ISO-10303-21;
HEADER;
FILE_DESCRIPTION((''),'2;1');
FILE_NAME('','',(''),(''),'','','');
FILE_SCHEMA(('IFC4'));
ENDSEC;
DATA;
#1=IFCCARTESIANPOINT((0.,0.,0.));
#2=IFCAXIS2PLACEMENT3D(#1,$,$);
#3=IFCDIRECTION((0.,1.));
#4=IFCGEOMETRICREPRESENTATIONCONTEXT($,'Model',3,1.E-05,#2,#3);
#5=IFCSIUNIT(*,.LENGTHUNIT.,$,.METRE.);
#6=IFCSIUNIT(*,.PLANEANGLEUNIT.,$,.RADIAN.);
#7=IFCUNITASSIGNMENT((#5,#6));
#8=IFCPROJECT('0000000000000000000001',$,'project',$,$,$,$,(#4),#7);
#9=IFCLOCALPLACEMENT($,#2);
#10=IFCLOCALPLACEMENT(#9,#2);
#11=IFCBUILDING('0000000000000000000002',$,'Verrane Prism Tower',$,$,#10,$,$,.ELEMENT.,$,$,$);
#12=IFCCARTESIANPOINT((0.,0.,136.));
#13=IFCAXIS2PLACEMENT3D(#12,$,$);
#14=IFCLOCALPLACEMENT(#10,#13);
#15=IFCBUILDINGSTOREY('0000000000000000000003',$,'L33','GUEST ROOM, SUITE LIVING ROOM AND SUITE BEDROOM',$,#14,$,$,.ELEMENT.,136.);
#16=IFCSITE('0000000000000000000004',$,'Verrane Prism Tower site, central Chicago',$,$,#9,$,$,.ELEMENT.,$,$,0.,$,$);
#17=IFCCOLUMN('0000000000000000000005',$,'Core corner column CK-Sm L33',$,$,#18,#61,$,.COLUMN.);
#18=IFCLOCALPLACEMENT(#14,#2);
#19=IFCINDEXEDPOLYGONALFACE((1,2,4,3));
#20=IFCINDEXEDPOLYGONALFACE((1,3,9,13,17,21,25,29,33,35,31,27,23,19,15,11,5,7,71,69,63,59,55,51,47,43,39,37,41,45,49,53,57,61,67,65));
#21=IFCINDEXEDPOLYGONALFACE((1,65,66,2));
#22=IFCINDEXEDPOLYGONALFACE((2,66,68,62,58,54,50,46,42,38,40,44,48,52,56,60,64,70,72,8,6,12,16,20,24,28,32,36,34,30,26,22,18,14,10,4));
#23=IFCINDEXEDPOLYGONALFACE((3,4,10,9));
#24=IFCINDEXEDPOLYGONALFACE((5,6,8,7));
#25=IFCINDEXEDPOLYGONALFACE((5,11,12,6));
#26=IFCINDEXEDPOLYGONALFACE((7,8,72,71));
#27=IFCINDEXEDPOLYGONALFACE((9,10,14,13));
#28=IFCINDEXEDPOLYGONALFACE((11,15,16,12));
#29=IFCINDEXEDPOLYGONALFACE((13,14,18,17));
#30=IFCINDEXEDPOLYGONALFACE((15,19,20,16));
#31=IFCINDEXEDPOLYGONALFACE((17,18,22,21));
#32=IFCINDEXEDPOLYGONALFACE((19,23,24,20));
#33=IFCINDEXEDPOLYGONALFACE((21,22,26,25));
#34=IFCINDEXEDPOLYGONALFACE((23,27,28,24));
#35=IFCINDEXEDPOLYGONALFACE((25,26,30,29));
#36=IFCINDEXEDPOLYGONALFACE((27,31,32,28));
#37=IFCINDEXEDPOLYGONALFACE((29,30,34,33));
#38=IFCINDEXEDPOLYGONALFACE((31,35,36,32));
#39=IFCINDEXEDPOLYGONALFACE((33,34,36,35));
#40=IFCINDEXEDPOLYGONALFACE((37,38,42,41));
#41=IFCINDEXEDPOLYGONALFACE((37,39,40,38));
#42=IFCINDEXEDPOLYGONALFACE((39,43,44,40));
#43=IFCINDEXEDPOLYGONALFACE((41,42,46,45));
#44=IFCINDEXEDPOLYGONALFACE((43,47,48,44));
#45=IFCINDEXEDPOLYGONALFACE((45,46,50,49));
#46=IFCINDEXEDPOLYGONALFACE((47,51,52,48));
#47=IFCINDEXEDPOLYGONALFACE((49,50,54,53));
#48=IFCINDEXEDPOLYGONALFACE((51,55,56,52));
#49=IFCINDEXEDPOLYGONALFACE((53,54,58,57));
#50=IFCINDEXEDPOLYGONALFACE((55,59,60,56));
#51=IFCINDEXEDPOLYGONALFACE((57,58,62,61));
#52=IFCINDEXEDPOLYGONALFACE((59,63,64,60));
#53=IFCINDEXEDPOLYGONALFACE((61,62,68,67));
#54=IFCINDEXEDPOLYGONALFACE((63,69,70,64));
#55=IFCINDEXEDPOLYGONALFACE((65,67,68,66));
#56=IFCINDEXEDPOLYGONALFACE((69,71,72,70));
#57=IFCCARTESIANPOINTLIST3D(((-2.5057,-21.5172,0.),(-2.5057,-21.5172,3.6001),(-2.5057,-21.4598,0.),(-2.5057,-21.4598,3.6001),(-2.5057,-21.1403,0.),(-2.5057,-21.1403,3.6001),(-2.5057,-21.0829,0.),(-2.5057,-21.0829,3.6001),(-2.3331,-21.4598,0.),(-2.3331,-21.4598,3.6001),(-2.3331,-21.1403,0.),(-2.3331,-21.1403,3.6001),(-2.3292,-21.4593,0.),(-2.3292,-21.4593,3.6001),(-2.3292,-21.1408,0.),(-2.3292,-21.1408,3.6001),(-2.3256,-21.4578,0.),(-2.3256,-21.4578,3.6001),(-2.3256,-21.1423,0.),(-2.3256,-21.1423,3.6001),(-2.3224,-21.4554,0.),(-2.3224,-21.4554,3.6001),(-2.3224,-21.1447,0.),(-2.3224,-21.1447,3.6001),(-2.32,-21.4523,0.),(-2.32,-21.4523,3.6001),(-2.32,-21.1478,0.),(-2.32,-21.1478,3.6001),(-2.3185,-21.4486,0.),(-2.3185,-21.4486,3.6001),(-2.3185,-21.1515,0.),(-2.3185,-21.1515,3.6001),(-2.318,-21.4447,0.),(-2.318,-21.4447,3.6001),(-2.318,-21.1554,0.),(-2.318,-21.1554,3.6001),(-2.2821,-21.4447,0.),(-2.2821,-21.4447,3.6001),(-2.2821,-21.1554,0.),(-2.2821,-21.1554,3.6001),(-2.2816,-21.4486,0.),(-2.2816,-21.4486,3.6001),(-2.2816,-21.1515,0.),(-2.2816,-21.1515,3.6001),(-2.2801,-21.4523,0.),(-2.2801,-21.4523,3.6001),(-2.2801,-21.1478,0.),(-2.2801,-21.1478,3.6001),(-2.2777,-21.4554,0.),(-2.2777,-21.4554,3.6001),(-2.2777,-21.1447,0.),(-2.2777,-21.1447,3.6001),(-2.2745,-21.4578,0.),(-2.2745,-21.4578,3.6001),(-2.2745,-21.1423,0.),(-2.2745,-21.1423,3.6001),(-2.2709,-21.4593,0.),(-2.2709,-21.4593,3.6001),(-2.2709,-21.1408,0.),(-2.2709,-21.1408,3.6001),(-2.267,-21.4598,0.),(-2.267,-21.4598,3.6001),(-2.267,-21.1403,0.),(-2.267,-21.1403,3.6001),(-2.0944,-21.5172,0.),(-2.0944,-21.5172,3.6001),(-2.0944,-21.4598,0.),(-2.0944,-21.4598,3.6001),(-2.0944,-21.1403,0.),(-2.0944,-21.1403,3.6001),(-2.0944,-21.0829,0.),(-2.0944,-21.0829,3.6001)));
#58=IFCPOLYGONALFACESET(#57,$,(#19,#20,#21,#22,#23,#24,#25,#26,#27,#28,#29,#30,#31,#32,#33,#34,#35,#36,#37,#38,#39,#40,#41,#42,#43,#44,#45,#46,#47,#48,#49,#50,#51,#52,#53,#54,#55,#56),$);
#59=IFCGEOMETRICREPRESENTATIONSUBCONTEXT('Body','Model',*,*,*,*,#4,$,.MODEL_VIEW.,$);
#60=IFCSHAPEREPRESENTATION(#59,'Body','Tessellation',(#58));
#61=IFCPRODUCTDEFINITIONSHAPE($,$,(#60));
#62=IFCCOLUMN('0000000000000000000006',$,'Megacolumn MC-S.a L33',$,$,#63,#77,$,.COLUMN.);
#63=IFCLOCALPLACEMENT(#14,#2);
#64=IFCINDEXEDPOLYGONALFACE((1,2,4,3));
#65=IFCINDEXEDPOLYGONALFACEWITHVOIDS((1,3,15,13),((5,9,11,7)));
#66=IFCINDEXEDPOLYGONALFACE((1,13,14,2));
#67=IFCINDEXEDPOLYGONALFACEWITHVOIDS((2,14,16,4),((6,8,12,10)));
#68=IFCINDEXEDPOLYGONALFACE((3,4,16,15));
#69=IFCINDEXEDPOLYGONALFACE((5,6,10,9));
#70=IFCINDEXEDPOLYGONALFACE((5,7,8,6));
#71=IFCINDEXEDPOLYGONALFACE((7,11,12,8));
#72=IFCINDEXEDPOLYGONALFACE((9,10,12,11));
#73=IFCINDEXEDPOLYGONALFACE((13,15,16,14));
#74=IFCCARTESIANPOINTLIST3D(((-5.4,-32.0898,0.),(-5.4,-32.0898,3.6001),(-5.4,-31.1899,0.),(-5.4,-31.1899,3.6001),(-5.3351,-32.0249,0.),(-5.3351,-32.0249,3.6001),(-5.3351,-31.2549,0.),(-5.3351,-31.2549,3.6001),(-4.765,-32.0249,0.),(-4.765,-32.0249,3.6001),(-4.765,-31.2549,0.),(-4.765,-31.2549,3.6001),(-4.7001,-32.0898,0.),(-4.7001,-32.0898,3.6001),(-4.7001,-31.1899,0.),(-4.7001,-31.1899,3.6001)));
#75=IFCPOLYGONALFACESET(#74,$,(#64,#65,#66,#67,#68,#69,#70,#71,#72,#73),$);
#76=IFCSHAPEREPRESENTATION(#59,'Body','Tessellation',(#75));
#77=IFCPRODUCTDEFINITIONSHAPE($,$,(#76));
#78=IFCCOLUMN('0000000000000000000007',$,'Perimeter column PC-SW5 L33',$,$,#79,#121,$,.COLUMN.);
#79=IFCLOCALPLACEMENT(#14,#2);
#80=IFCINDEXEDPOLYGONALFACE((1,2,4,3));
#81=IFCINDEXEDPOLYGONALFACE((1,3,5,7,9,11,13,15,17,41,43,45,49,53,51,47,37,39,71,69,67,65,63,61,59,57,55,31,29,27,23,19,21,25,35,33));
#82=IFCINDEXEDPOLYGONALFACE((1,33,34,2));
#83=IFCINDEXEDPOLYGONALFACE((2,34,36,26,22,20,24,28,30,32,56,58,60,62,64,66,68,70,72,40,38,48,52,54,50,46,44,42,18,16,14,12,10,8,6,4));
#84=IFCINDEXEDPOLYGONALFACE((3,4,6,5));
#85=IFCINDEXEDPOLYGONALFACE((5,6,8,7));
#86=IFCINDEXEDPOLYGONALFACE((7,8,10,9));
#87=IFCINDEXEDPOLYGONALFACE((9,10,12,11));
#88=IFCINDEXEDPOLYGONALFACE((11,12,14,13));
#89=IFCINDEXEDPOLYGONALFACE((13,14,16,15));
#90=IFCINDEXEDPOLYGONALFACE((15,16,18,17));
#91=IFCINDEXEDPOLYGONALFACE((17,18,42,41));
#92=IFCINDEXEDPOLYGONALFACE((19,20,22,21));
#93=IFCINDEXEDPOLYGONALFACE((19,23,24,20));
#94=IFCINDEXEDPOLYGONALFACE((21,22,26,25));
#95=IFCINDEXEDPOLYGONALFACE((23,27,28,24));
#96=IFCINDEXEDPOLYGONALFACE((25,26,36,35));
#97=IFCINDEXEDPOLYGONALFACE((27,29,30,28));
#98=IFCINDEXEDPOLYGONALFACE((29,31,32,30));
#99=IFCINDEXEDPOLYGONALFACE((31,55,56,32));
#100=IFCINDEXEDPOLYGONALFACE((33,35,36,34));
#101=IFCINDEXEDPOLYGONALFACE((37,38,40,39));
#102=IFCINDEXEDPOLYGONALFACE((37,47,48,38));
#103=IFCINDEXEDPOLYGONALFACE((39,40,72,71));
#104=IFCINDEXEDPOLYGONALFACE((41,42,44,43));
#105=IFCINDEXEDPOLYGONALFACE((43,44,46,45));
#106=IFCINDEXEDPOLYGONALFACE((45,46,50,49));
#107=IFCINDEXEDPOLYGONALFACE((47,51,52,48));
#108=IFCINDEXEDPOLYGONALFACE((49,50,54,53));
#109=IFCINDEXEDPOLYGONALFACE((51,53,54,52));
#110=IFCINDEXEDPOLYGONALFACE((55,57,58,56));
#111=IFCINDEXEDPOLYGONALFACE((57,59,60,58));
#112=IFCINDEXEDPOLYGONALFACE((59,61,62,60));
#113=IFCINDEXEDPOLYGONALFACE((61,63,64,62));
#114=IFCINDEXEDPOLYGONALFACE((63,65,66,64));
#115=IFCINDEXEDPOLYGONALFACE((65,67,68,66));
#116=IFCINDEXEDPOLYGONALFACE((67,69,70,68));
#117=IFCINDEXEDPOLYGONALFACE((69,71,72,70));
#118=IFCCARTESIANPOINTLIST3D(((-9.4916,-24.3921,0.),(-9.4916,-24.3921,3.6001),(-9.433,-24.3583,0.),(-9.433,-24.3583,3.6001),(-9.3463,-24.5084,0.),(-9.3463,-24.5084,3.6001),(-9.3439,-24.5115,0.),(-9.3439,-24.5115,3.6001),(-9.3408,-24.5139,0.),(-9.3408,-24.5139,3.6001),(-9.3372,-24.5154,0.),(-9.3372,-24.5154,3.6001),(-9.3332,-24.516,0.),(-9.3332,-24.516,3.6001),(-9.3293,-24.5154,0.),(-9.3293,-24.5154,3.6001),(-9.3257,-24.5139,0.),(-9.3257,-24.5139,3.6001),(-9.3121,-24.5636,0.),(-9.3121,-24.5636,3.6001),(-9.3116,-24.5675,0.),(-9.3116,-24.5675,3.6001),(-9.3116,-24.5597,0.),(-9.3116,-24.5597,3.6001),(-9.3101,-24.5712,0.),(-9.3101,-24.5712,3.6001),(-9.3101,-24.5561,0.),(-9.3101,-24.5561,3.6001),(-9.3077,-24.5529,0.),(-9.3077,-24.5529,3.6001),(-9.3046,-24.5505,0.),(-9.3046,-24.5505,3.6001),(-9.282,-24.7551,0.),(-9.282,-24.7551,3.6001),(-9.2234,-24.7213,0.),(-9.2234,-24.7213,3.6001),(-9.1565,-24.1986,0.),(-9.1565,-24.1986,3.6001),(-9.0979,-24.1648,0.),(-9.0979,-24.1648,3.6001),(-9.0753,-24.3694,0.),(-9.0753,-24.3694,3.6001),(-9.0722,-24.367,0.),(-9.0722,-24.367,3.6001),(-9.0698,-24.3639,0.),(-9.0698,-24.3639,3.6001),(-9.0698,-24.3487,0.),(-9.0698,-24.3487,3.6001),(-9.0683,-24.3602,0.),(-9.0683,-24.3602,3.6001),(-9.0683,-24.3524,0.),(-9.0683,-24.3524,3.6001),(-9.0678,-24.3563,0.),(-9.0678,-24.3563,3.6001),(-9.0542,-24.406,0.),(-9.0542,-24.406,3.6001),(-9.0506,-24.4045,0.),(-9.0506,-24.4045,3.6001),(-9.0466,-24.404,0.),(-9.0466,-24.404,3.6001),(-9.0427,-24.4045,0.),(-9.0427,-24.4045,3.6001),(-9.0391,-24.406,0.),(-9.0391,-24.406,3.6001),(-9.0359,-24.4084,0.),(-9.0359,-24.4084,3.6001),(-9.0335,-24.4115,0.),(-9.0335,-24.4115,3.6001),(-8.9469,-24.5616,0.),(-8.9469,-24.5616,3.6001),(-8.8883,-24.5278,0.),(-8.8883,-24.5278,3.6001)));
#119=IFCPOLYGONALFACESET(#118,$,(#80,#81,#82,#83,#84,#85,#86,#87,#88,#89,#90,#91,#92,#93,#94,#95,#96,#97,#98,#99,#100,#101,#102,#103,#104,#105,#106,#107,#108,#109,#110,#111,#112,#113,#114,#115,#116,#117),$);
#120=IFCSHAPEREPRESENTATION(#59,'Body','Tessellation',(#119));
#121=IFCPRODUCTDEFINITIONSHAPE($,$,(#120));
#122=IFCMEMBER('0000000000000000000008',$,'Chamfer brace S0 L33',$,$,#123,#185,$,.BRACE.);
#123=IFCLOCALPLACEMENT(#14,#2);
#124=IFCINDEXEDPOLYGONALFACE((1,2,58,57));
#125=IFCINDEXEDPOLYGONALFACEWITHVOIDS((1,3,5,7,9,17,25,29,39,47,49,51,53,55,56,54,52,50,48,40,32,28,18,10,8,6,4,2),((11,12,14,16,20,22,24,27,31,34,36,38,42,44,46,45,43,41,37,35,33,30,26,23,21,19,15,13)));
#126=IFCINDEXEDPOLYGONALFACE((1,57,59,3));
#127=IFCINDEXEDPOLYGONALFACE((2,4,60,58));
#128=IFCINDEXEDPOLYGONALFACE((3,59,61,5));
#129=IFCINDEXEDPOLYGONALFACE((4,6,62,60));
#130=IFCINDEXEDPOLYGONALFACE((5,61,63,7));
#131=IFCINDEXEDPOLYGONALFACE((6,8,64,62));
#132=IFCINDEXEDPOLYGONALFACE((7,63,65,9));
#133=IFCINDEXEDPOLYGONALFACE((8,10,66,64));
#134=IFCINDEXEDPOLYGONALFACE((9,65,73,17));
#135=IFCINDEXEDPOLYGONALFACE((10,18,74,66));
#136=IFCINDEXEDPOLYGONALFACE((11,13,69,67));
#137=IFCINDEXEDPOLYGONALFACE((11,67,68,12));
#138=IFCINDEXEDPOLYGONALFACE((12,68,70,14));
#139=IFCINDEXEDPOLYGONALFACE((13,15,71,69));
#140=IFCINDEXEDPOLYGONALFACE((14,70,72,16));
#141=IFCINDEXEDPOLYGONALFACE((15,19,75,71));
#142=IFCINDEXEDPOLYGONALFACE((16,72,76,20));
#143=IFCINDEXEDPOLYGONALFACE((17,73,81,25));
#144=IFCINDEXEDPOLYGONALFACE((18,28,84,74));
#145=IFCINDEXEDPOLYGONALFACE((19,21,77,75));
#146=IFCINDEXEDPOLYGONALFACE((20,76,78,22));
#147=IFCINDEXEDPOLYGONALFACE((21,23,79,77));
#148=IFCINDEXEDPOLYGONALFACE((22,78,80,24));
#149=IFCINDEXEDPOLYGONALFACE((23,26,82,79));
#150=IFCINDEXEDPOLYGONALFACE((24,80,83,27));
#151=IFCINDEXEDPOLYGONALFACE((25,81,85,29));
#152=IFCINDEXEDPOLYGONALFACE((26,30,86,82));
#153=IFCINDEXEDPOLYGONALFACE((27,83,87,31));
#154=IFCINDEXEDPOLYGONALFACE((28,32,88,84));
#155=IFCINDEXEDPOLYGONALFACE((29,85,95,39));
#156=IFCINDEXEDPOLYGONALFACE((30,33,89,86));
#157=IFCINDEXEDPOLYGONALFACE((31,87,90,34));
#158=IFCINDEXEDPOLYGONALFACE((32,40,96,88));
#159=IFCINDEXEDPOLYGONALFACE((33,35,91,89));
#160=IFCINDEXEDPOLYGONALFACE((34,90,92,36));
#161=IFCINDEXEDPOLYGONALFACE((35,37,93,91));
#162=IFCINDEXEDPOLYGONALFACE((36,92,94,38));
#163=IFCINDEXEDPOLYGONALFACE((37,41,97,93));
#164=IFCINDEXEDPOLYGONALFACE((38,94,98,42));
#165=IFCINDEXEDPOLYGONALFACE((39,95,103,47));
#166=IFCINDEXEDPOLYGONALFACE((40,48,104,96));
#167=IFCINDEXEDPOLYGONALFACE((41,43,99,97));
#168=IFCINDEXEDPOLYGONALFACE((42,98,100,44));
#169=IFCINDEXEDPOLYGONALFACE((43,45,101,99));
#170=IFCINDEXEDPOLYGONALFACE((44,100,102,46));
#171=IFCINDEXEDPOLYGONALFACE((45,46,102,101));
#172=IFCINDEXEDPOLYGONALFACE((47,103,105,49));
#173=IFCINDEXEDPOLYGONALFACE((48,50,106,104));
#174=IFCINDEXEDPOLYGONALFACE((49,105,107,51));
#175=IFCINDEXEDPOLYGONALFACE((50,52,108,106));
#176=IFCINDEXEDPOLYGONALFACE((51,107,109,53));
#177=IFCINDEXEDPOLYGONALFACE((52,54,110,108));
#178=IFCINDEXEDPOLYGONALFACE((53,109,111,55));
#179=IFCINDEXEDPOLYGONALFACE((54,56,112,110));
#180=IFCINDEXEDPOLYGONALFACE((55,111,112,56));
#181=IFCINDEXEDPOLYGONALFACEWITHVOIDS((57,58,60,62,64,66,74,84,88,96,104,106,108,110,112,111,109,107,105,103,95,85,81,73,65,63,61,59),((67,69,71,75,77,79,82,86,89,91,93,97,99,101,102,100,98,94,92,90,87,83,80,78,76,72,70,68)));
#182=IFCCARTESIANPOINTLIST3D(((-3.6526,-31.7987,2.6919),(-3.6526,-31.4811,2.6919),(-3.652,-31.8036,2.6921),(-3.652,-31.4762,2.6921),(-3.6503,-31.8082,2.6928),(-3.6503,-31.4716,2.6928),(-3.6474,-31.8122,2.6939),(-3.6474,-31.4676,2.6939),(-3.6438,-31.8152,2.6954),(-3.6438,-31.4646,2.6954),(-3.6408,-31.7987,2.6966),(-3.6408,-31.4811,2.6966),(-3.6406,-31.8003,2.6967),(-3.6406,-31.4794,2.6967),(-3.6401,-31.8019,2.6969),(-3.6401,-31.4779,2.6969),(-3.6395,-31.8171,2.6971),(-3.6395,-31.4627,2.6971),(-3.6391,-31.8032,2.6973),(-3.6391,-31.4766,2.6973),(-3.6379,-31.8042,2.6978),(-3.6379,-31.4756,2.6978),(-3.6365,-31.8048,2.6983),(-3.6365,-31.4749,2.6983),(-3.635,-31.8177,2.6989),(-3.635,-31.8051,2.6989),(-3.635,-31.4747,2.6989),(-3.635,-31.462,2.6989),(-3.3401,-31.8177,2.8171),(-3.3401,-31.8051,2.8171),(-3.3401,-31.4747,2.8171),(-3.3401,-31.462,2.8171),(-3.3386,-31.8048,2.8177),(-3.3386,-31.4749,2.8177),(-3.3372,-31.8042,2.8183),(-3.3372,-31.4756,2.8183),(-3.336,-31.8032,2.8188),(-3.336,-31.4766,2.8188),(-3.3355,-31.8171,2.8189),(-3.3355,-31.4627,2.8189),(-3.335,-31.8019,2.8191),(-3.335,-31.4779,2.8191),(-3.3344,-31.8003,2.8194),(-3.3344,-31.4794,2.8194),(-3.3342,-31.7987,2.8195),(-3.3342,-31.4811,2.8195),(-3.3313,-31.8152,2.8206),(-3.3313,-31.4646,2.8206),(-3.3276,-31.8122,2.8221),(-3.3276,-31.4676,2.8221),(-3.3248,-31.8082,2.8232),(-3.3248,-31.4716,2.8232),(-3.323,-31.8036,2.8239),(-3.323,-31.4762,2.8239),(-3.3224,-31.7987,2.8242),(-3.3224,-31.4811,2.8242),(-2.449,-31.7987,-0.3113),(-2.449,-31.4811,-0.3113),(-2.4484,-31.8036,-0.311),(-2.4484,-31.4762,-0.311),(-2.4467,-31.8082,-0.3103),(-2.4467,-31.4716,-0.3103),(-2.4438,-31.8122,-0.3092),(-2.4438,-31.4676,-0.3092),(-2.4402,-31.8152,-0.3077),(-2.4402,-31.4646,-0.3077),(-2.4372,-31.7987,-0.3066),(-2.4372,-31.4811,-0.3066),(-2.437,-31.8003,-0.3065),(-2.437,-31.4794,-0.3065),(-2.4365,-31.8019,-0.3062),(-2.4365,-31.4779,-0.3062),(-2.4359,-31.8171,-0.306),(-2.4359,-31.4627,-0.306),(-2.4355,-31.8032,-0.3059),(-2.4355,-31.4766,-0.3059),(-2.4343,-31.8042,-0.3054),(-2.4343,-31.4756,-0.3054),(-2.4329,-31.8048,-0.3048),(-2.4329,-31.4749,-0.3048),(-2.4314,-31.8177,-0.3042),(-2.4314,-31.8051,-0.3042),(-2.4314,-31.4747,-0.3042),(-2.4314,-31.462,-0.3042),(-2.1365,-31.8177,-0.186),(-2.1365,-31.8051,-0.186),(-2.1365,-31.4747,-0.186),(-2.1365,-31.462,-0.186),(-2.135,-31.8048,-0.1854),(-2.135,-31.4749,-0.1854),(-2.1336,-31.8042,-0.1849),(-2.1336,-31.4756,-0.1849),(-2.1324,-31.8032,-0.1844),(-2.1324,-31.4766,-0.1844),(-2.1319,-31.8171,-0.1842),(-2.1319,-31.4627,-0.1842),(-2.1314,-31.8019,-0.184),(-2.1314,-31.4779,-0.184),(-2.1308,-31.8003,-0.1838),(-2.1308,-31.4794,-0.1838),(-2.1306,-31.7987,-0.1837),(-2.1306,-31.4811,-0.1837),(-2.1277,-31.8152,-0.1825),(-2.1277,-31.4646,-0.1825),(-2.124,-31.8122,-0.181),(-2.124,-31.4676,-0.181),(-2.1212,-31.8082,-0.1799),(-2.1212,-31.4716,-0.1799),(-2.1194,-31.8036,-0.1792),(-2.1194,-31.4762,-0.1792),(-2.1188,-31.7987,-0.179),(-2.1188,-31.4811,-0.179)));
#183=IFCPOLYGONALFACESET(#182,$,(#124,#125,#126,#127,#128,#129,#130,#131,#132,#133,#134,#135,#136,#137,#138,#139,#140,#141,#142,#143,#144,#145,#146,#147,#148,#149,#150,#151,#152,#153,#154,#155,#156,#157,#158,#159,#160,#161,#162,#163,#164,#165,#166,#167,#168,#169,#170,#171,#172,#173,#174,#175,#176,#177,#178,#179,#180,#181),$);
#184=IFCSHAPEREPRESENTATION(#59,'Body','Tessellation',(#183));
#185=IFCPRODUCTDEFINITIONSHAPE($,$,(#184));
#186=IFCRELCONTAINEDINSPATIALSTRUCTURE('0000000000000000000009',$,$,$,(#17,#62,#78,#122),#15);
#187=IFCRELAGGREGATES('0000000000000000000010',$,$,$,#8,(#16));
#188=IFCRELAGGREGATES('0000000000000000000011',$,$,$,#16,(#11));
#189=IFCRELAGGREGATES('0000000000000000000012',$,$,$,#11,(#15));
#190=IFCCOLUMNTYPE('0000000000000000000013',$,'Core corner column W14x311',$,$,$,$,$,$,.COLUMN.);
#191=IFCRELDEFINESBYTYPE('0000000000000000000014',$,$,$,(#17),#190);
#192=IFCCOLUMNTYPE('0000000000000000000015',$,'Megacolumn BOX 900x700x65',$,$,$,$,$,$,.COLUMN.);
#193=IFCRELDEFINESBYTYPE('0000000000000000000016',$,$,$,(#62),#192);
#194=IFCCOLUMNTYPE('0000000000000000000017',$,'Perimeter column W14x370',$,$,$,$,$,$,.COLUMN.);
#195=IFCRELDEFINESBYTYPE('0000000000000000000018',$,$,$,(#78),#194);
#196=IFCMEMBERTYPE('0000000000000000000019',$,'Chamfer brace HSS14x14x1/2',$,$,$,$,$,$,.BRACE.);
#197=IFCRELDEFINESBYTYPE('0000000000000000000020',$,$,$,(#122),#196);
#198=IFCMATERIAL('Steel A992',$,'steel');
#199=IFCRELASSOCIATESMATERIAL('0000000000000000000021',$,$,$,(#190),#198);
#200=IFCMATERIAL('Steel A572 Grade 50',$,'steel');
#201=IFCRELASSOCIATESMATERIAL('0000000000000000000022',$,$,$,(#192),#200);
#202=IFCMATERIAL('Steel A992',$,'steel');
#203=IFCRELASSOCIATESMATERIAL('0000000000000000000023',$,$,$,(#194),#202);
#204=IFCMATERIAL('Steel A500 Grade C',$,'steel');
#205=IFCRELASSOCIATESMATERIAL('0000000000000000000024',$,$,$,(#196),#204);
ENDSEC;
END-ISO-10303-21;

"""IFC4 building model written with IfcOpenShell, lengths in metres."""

from ifc_helpers import new_model, si_unit, direction, frame, origin, origin_2d, place, context, subcontext, project, spatial, hollow_rectangle, i_section, extrude, material, material_profile, profile_set, type_object, element, save


model = new_model("IFC4")

# Units and contexts
model_context = context("Model", 3, precision=1e-05, world=origin(), true_north=direction((0.0, 1.0)))
body_context = subcontext(model_context, "Body", "Model", "MODEL_VIEW")
ifc_project = project(units=[si_unit("LENGTHUNIT", "METRE"), si_unit("PLANEANGLEUNIT", "RADIAN")], contexts=[model_context])

# Site, building, storey
site_placement = place(None, origin())
site = spatial("IfcSite", under=ifc_project, at=site_placement, Name="Verrane Prism Tower site, central Chicago", CompositionType="ELEMENT", RefElevation=0.0)
building_placement = place(site_placement, origin())
building = spatial("IfcBuilding", under=site, at=building_placement, Name="Verrane Prism Tower", CompositionType="ELEMENT")
storey_placement = place(building_placement, frame((0.0, 0.0, 136.0)))
storey = spatial("IfcBuildingStorey", under=building, at=storey_placement, Name="L33", Description="GUEST ROOM, SUITE LIVING ROOM AND SUITE BEDROOM", CompositionType="ELEMENT", Elevation=136.0)

# Columns
ifc_material_1 = material(Name="Steel A992", Category="steel")
ifc_material_profile_1 = material_profile(ifc_material_1, i_section(OverallWidth=0.4114, OverallDepth=0.4343, WebThickness=0.0359, FlangeThickness=0.0574, FilletRadius=0.0151, at=origin_2d()), Name="W14x311")
ifc_profile_set_1 = profile_set([ifc_material_profile_1], Name="Steel A992")
column_type_1 = type_object("IfcColumnType", Name="Core corner column W14x311", PredefinedType="COLUMN", material=ifc_profile_set_1)
column_1_placement = place(storey_placement, frame((-2.3, -21.3, 0.0), z_axis=(0.0, 0.0, 1.0), x_axis=(-1.0, 0.0, 0.0)))
element("IfcColumn", 1, at=column_1_placement, inside=storey, type_object=column_type_1, Name="Core corner column CK-Sm L33", PredefinedType="COLUMN", context=body_context, shape_type="SweptSolid", body=[
    extrude(i_section(OverallWidth=0.4114, OverallDepth=0.4343, WebThickness=0.0359, FlangeThickness=0.0574, FilletRadius=0.0151, at=origin_2d()), origin(), (0.0, 0.0, 1.0), 3.6001),
])
ifc_material_2 = material(Name="Steel A572 Grade 50", Category="steel")
ifc_material_profile_2 = material_profile(ifc_material_2, hollow_rectangle(XDim=0.7, YDim=0.8999, WallThickness=0.0649, at=origin_2d()), Name="BOX 900x700x65")
ifc_profile_set_2 = profile_set([ifc_material_profile_2], Name="Steel A572 Grade 50")
column_type_2 = type_object("IfcColumnType", Name="Megacolumn BOX 900x700x65", PredefinedType="COLUMN", material=ifc_profile_set_2)
column_2_placement = place(storey_placement, frame((-5.05, -31.6399, 0.0), z_axis=(0.0, 0.0, 1.0), x_axis=(-1.0, 0.0, 0.0)))
element("IfcColumn", 2, at=column_2_placement, inside=storey, type_object=column_type_2, Name="Megacolumn MC-S.a L33", PredefinedType="COLUMN", context=body_context, shape_type="SweptSolid", body=[
    extrude(hollow_rectangle(XDim=0.7, YDim=0.8999, WallThickness=0.0649, at=origin_2d()), origin(), (0.0, 0.0, 1.0), 3.6001),
])
ifc_material_3 = material(Name="Steel A992", Category="steel")
ifc_material_profile_3 = material_profile(ifc_material_3, i_section(OverallWidth=0.4192, OverallDepth=0.4546, WebThickness=0.0422, FlangeThickness=0.0676, FilletRadius=0.0151, at=origin_2d()), Name="W14x370")
ifc_profile_set_3 = profile_set([ifc_material_profile_3], Name="Steel A992")
column_type_3 = type_object("IfcColumnType", Name="Perimeter column W14x370", PredefinedType="COLUMN", material=ifc_profile_set_3)
column_3_placement = place(storey_placement, frame((-9.1899, -24.46, 0.0), z_axis=(0.0, 0.0, 1.0), x_axis=(-0.5, 0.866025, 0.0)))
element("IfcColumn", 3, at=column_3_placement, inside=storey, type_object=column_type_3, Name="Perimeter column PC-SW5 L33", PredefinedType="COLUMN", context=body_context, shape_type="SweptSolid", body=[
    extrude(i_section(OverallWidth=0.4192, OverallDepth=0.4546, WebThickness=0.0422, FlangeThickness=0.0676, FilletRadius=0.0151, at=origin_2d()), origin(), (0.0, 0.0, 1.0), 3.6001),
])

# Member
ifc_material_4 = material(Name="Steel A500 Grade C", Category="steel")
ifc_material_profile_4 = material_profile(ifc_material_4, hollow_rectangle(XDim=0.3557, YDim=0.3557, WallThickness=0.0127, InnerFilletRadius=0.0063, OuterFilletRadius=0.019, at=origin_2d()), Name="HSS14x14x1/2")
ifc_profile_set_4 = profile_set([ifc_material_profile_4], Name="Steel A500 Grade C")
member_type_1 = type_object("IfcMemberType", Name="Chamfer brace HSS14x14x1/2", PredefinedType="BRACE", material=ifc_profile_set_4)
member_1_placement = place(storey_placement, frame((-2.2839, -31.6399, -0.2451), z_axis=(-0.372015, 0.0, 0.928227), x_axis=(0.0, -1.0, 0.0)))
element("IfcMember", 4, at=member_1_placement, inside=storey, type_object=member_type_1, Name="Chamfer brace S0 L33", PredefinedType="BRACE", context=body_context, shape_type="SweptSolid", body=[
    extrude(hollow_rectangle(XDim=0.3557, YDim=0.3557, WallThickness=0.0127, InnerFilletRadius=0.0063, OuterFilletRadius=0.019, at=origin_2d()), origin(), (0.0, 0.0, 1.0), 3.2354),
])

save(model, "model.ifc")
